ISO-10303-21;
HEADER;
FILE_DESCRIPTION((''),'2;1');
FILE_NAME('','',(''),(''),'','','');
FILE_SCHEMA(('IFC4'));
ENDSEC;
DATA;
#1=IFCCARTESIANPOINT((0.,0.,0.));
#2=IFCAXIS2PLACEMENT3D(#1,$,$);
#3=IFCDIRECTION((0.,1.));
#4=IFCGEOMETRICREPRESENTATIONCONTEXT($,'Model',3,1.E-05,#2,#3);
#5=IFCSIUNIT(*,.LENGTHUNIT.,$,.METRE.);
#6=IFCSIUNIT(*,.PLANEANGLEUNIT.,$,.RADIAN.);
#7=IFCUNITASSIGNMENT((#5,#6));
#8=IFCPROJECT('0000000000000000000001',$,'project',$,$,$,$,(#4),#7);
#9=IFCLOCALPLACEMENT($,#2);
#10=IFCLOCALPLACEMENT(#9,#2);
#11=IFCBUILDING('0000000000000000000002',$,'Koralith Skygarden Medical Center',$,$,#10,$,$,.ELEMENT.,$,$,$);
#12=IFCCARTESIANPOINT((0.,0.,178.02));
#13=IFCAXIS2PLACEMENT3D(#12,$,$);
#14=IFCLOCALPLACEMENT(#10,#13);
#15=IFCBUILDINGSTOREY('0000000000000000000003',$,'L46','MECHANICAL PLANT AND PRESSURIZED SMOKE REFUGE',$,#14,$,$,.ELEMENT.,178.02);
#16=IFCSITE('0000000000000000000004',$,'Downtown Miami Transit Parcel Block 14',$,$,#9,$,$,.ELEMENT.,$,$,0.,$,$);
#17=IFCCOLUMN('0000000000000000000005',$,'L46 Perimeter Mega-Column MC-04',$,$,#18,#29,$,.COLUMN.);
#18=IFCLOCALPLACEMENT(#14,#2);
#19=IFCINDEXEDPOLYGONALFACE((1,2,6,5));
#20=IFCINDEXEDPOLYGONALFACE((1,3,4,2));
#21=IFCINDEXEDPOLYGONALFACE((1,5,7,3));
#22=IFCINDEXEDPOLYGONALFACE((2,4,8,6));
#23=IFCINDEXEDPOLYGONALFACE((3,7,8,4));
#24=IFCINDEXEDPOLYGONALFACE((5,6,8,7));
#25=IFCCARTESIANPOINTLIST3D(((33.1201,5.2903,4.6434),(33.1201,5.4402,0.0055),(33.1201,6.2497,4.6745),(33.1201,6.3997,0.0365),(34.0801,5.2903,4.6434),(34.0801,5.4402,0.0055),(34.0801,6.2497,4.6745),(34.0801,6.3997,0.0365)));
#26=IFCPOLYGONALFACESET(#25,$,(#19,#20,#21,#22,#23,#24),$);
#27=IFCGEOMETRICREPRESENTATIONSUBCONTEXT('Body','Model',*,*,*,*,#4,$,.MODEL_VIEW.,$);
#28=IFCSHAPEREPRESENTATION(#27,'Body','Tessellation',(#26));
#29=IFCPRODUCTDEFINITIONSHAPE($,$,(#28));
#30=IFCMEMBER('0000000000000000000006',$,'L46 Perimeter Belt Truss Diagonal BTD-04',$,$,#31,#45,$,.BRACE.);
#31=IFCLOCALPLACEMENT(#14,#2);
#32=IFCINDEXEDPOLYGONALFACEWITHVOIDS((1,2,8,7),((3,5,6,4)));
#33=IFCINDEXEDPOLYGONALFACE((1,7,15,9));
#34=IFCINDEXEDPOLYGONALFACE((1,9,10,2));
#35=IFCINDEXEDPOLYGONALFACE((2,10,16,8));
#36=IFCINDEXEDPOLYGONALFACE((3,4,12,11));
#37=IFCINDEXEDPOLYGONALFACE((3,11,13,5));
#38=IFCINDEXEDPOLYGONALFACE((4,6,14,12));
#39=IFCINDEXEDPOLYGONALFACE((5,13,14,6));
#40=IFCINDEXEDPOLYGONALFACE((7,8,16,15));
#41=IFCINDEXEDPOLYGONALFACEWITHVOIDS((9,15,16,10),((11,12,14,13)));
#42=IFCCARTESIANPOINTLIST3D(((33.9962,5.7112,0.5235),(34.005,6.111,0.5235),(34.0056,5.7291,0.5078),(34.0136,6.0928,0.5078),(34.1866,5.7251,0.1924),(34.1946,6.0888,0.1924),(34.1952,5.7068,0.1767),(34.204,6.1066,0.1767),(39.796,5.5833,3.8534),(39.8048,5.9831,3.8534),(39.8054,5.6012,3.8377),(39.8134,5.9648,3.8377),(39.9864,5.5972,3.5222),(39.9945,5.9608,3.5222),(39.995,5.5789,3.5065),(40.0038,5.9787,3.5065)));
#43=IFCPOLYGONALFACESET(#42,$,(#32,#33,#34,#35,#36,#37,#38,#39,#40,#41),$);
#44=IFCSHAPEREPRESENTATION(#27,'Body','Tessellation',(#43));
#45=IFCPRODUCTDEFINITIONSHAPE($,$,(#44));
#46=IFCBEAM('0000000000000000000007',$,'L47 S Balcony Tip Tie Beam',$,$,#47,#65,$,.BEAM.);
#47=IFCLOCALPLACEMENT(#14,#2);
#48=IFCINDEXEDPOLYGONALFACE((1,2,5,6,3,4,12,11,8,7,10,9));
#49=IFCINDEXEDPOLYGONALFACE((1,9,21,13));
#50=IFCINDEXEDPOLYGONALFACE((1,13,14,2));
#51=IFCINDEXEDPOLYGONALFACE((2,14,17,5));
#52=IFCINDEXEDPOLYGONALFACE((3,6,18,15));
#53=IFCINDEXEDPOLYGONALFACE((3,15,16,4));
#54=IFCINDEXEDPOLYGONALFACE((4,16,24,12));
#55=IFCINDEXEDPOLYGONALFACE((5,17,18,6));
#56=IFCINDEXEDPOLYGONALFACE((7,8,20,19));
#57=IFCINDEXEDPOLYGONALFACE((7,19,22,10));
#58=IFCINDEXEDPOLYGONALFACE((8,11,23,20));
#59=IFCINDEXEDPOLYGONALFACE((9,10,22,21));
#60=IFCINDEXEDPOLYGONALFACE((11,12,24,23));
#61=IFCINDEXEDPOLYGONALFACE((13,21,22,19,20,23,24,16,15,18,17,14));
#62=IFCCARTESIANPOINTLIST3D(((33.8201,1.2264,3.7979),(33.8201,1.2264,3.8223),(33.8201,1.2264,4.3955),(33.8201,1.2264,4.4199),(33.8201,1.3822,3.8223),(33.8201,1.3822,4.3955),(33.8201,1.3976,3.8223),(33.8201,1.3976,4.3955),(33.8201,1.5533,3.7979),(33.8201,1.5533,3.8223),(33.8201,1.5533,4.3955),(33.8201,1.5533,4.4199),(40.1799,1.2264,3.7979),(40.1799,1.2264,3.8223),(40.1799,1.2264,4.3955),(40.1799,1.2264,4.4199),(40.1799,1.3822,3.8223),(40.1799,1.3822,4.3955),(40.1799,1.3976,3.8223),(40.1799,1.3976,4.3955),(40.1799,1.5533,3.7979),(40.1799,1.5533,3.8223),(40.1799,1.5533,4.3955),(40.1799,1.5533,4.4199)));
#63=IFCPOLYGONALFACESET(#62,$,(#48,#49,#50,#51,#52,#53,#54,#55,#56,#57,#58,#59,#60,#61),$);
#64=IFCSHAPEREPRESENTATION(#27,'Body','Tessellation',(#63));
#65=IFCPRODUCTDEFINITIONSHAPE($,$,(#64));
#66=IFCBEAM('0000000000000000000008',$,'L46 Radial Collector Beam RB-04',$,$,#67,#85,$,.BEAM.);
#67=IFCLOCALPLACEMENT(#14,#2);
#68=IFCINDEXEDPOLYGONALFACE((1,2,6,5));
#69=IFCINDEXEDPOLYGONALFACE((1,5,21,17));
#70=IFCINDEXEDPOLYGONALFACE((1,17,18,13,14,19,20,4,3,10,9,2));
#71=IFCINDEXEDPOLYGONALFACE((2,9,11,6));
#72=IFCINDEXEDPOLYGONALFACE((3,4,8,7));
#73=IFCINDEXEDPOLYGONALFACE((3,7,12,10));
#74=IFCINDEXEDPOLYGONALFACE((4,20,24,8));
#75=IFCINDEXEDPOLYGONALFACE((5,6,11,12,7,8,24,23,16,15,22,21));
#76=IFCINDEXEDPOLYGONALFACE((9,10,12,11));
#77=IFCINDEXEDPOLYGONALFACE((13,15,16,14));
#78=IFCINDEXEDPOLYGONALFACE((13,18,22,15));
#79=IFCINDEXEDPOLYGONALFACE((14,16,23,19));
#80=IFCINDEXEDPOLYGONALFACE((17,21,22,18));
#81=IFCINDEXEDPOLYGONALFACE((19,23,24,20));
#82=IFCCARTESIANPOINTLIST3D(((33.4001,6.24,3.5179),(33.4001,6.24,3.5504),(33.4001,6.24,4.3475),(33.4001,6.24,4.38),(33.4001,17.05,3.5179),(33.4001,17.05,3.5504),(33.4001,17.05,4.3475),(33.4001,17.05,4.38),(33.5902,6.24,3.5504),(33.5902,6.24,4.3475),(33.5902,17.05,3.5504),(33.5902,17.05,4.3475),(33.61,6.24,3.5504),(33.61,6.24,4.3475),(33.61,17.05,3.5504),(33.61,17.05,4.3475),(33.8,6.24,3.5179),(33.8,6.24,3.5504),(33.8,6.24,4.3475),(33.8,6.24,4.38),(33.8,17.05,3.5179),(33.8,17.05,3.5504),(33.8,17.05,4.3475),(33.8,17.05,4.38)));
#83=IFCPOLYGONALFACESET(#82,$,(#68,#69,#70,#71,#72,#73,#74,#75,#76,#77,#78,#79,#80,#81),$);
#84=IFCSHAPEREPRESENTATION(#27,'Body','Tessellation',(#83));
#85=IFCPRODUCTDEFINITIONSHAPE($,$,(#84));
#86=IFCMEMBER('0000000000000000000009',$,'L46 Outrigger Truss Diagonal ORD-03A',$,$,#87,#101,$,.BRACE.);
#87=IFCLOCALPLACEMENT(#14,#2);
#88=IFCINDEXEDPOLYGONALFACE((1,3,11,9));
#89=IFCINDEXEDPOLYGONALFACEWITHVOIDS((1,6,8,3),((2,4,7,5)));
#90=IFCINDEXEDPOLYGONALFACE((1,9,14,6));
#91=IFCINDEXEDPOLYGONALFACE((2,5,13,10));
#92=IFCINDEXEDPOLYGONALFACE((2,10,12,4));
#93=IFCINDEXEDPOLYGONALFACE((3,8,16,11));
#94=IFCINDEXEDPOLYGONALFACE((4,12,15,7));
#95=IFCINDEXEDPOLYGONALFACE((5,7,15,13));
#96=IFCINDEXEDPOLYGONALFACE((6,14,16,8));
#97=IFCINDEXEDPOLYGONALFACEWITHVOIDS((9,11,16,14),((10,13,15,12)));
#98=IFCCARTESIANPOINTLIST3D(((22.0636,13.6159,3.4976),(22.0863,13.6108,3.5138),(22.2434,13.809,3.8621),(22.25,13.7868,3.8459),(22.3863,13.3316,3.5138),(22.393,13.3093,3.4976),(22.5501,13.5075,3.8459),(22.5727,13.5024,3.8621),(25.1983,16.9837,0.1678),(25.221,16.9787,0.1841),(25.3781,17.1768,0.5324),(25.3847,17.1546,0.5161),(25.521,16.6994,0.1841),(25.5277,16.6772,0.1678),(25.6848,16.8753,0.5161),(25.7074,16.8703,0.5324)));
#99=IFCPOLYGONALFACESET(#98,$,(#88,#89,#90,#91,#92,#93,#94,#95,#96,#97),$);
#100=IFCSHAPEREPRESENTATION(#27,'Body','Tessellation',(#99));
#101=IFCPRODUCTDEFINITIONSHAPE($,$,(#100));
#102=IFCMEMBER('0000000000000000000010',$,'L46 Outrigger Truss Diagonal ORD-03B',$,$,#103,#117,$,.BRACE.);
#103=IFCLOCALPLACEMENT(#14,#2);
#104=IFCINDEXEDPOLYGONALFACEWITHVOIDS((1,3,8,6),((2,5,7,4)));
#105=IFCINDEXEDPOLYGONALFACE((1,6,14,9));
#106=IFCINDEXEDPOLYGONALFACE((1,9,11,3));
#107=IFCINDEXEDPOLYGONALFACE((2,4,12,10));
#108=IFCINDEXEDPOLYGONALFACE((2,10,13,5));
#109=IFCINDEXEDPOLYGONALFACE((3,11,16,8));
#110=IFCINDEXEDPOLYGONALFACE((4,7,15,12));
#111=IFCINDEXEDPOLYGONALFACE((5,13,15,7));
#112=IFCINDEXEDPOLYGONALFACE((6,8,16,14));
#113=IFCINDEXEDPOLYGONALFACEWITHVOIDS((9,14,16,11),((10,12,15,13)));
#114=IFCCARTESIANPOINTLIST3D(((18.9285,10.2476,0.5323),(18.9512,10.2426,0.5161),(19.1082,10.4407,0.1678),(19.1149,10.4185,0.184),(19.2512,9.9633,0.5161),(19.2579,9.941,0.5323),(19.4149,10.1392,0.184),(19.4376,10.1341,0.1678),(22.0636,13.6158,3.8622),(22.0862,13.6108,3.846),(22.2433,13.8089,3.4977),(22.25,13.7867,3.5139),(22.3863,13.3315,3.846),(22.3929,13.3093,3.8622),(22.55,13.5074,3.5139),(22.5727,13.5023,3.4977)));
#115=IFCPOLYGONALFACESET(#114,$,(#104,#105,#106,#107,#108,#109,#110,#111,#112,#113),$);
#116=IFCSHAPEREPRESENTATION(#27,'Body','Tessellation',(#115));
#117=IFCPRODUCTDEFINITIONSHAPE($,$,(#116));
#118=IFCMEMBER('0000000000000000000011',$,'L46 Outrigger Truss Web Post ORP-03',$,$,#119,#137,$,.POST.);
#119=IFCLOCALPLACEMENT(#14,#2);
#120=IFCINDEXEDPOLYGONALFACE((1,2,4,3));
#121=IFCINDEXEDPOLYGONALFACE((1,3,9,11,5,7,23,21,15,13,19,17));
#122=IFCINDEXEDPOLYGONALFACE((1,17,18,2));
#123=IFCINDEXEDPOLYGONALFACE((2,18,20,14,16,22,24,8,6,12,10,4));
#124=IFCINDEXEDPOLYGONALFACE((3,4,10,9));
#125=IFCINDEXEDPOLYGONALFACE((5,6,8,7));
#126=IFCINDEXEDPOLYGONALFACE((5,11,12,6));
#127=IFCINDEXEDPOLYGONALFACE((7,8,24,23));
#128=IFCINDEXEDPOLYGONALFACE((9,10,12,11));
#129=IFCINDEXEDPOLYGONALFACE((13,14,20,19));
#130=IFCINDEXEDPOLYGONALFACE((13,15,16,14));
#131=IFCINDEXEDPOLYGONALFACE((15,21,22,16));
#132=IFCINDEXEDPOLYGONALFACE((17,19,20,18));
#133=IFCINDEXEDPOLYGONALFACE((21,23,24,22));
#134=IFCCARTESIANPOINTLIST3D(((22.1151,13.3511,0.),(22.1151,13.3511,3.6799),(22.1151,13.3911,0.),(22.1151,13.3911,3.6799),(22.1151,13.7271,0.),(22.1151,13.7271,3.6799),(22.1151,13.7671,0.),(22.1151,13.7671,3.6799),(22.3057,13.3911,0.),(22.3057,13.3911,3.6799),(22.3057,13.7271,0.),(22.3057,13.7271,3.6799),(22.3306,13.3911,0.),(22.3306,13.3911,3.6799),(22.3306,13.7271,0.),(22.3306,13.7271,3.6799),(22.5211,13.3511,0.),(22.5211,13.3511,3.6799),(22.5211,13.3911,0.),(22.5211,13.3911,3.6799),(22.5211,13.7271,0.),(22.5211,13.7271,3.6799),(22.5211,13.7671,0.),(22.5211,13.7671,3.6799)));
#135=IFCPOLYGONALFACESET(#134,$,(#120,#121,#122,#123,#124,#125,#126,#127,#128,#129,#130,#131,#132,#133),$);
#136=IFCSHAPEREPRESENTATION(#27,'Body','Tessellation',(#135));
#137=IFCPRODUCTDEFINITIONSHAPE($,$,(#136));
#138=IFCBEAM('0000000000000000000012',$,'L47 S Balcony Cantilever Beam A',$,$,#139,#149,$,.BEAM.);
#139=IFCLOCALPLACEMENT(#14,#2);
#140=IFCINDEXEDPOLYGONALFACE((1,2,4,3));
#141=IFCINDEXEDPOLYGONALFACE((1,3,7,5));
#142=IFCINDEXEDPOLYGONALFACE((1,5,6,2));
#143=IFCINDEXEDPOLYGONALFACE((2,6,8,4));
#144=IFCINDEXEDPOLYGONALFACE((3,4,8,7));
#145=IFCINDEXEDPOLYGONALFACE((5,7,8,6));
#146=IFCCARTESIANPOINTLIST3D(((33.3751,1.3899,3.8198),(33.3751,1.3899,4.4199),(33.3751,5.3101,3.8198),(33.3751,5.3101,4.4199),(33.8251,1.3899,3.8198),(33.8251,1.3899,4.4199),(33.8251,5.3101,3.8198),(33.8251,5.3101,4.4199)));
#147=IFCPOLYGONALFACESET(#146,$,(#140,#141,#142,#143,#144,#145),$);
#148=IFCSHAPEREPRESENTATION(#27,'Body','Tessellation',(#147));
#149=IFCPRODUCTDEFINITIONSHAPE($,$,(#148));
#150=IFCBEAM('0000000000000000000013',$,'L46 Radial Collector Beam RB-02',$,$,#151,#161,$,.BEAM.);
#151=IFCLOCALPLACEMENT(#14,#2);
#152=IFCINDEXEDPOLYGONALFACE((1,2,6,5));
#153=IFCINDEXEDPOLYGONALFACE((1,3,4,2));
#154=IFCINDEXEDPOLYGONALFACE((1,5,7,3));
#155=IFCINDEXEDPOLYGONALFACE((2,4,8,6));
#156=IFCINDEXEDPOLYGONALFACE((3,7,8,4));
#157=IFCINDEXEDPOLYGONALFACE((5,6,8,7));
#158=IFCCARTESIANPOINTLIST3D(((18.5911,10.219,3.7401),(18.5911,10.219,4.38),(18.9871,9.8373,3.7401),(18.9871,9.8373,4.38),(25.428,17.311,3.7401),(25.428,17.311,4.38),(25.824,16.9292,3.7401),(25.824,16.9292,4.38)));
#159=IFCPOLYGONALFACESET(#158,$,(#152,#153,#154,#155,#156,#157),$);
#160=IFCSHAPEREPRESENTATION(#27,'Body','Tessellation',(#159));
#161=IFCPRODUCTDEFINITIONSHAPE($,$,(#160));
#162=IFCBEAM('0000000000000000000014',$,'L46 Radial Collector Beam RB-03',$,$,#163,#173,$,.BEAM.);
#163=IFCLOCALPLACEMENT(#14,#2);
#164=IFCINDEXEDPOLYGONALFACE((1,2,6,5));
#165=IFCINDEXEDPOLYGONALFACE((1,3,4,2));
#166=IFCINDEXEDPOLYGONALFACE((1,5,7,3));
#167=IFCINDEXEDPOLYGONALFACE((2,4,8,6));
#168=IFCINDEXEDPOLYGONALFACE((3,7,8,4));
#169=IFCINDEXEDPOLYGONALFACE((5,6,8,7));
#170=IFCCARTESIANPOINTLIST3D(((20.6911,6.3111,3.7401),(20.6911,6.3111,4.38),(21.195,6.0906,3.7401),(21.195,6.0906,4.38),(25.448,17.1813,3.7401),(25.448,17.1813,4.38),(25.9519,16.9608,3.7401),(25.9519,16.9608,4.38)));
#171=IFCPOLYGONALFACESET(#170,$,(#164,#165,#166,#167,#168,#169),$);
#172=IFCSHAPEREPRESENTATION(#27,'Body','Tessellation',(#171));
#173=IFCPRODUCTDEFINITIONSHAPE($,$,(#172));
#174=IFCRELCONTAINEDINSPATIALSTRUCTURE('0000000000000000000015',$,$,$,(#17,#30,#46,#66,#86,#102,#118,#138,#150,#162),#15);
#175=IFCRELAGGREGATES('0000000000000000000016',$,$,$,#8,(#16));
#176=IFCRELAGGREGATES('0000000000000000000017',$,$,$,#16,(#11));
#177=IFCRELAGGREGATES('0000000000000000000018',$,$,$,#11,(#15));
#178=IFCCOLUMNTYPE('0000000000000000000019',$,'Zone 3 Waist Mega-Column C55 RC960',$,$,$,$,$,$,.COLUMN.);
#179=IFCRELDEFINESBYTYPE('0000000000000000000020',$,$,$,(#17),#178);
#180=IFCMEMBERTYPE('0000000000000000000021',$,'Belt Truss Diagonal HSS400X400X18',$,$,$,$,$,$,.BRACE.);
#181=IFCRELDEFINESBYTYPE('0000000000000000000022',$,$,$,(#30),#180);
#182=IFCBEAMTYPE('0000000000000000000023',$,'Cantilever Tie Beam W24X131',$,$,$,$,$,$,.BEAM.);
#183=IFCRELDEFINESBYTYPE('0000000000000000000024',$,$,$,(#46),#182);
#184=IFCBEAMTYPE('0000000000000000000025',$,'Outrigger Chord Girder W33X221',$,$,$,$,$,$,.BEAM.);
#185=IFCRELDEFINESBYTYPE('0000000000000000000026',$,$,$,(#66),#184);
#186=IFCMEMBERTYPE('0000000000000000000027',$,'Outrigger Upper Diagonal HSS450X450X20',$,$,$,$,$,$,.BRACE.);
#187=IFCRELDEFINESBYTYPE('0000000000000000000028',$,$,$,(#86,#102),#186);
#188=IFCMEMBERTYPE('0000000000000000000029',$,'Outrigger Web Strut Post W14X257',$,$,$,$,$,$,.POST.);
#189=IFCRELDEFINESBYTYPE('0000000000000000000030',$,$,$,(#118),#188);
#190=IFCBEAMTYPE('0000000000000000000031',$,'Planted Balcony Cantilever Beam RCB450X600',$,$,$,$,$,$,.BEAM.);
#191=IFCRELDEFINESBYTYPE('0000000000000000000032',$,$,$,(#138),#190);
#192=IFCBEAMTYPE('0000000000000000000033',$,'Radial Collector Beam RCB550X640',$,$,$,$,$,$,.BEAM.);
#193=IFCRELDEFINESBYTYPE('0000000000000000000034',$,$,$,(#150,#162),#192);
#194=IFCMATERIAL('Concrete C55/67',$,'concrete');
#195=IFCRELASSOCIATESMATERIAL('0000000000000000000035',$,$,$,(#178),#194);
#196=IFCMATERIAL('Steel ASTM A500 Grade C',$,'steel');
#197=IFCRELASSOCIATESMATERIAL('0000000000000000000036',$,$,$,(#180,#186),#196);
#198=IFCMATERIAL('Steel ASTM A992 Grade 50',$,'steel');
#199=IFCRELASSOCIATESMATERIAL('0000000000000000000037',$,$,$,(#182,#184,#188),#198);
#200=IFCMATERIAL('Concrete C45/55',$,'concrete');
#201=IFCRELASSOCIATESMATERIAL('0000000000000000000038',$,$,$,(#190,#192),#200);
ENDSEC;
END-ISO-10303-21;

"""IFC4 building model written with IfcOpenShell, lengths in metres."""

from ifc_helpers import new_model, si_unit, direction, frame, origin, origin_2d, place, context, subcontext, project, spatial, rectangle, hollow_rectangle, i_section, extrude, material, material_profile, profile_set, type_object, element, save


model = new_model("IFC4")

# Units and contexts
model_context = context("Model", 3, precision=1e-05, world=origin(), true_north=direction((0.0, 1.0)))
body_context = subcontext(model_context, "Body", "Model", "MODEL_VIEW")
ifc_project = project(units=[si_unit("LENGTHUNIT", "METRE"), si_unit("PLANEANGLEUNIT", "RADIAN")], contexts=[model_context])

# Site, building, storey
site_placement = place(None, origin())
site = spatial("IfcSite", under=ifc_project, at=site_placement, Name="Downtown Miami Transit Parcel Block 14", CompositionType="ELEMENT", RefElevation=0.0)
building_placement = place(site_placement, origin())
building = spatial("IfcBuilding", under=site, at=building_placement, Name="Koralith Skygarden Medical Center", CompositionType="ELEMENT")
storey_placement = place(building_placement, frame((0.0, 0.0, 178.02)))
storey = spatial("IfcBuildingStorey", under=building, at=storey_placement, Name="L46", Description="MECHANICAL PLANT AND PRESSURIZED SMOKE REFUGE", CompositionType="ELEMENT", Elevation=178.02)

# Column
ifc_material_1 = material(Name="Concrete C55/67", Category="concrete")
ifc_material_profile_1 = material_profile(ifc_material_1, rectangle(XDim=0.96, YDim=0.96, at=origin_2d()), Name="RC960X960")
ifc_profile_set_1 = profile_set([ifc_material_profile_1], Name="Concrete C55/67")
column_type = type_object("IfcColumnType", Name="Zone 3 Waist Mega-Column C55 RC960", PredefinedType="COLUMN", material=ifc_profile_set_1)
column_placement = place(storey_placement, frame((33.6001, 5.9199, 0.021), z_axis=(0.0, -0.032304, 0.999478), x_axis=(1.0, 0.0, 0.0)))
element("IfcColumn", 1, at=column_placement, inside=storey, type_object=column_type, Name="L46 Perimeter Mega-Column MC-04", PredefinedType="COLUMN", context=body_context, shape_type="SweptSolid", body=[
    extrude(rectangle(XDim=0.96, YDim=0.96, at=origin_2d()), origin(), (0.0, 0.0, 1.0), 4.6404),
])

# Member
ifc_material_2 = material(Name="Steel ASTM A500 Grade C", Category="steel")
ifc_material_profile_2 = material_profile(ifc_material_2, hollow_rectangle(XDim=0.3999, YDim=0.3999, WallThickness=0.0181, at=origin_2d()), Name="HSS400X400X18")
ifc_profile_set_2 = profile_set([ifc_material_profile_2], Name="Steel ASTM A500 Grade C")
member_type_1 = type_object("IfcMemberType", Name="Belt Truss Diagonal HSS400X400X18", PredefinedType="BRACE", material=ifc_profile_set_2)
member_1_placement = place(storey_placement, frame((34.1001, 5.9089, 0.3501), z_axis=(0.867074, -0.019126, 0.497812), x_axis=(0.022052, 0.999757, 0.0)))
element("IfcMember", 2, at=member_1_placement, inside=storey, type_object=member_type_1, Name="L46 Perimeter Belt Truss Diagonal BTD-04", PredefinedType="BRACE", context=body_context, shape_type="SweptSolid", body=[
    extrude(hollow_rectangle(XDim=0.3999, YDim=0.3999, WallThickness=0.0181, at=origin_2d()), origin(), (0.0, 0.0, 1.0), 6.689),
])

# Beams
ifc_material_3 = material(Name="Steel ASTM A992 Grade 50", Category="steel")
ifc_material_profile_3 = material_profile(ifc_material_3, i_section(OverallWidth=0.3269, OverallDepth=0.6221, WebThickness=0.0154, FlangeThickness=0.0244, at=origin_2d()), Name="W24X131")
ifc_profile_set_3 = profile_set([ifc_material_profile_3], Name="Steel ASTM A992 Grade 50")
beam_type_1 = type_object("IfcBeamType", Name="Cantilever Tie Beam W24X131", PredefinedType="BEAM", material=ifc_profile_set_3)
beam_1_placement = place(storey_placement, frame((33.8201, 1.3899, 4.1089), z_axis=(1.0, 0.0, 0.0), x_axis=(0.0, 1.0, 0.0)))
element("IfcBeam", 3, at=beam_1_placement, inside=storey, type_object=beam_type_1, Name="L47 S Balcony Tip Tie Beam", PredefinedType="BEAM", context=body_context, shape_type="SweptSolid", body=[
    extrude(i_section(OverallWidth=0.3269, OverallDepth=0.6221, WebThickness=0.0154, FlangeThickness=0.0244, at=origin_2d()), origin(), (0.0, 0.0, 1.0), 6.3599),
])
ifc_material_profile_4 = material_profile(ifc_material_3, i_section(OverallWidth=0.3999, OverallDepth=0.8621, WebThickness=0.0198, FlangeThickness=0.0325, at=origin_2d()), Name="W33X221")
ifc_profile_set_4 = profile_set([ifc_material_profile_4], Name="Steel ASTM A992 Grade 50")
beam_type_2 = type_object("IfcBeamType", Name="Outrigger Chord Girder W33X221", PredefinedType="BEAM", material=ifc_profile_set_4)
beam_2_placement = place(storey_placement, frame((33.6001, 17.05, 3.949), z_axis=(0.0, -1.0, 0.0), x_axis=(1.0, 0.0, 0.0)))
element("IfcBeam", 4, at=beam_2_placement, inside=storey, type_object=beam_type_2, Name="L46 Radial Collector Beam RB-04", PredefinedType="BEAM", context=body_context, shape_type="SweptSolid", body=[
    extrude(i_section(OverallWidth=0.3999, OverallDepth=0.8621, WebThickness=0.0198, FlangeThickness=0.0325, at=origin_2d()), origin(), (0.0, 0.0, 1.0), 10.8101),
])

# Members
ifc_material_profile_5 = material_profile(ifc_material_2, hollow_rectangle(XDim=0.45, YDim=0.45, WallThickness=0.02, at=origin_2d()), Name="HSS450X450X20")
ifc_profile_set_5 = profile_set([ifc_material_profile_5], Name="Steel ASTM A500 Grade C")
member_type_2 = type_object("IfcMemberType", Name="Outrigger Upper Diagonal HSS450X450X20", PredefinedType="BRACE", material=ifc_profile_set_5)
member_2_placement = place(storey_placement, frame((25.4529, 16.927, 0.3501), z_axis=(-0.551938, -0.592989, 0.586283), x_axis=(0.73199, -0.681316, 0.0)))
element("IfcMember", 5, at=member_2_placement, inside=storey, type_object=member_type_2, Name="L46 Outrigger Truss Diagonal ORD-03A", PredefinedType="BRACE", context=body_context, shape_type="SweptSolid", body=[
    extrude(hollow_rectangle(XDim=0.45, YDim=0.45, WallThickness=0.02, at=origin_2d()), origin(), (0.0, 0.0, 1.0), 5.6794),
])
member_3_placement = place(storey_placement, frame((22.3181, 13.5591, 3.6799), z_axis=(-0.551954, -0.593003, -0.586255), x_axis=(0.731988, -0.681318, 0.0)))
element("IfcMember", 6, at=member_3_placement, inside=storey, type_object=member_type_2, Name="L46 Outrigger Truss Diagonal ORD-03B", PredefinedType="BRACE", context=body_context, shape_type="SweptSolid", body=[
    extrude(hollow_rectangle(XDim=0.45, YDim=0.45, WallThickness=0.02, at=origin_2d()), origin(), (0.0, 0.0, 1.0), 5.6799),
])
ifc_material_profile_6 = material_profile(ifc_material_3, i_section(OverallWidth=0.406, OverallDepth=0.416, WebThickness=0.0249, FlangeThickness=0.04, at=origin_2d()), Name="W14X257")
ifc_profile_set_6 = profile_set([ifc_material_profile_6], Name="Steel ASTM A992 Grade 50")
member_type_3 = type_object("IfcMemberType", Name="Outrigger Web Strut Post W14X257", PredefinedType="POST", material=ifc_profile_set_6)
member_4_placement = place(storey_placement, frame((22.3181, 13.5591, 0.0), z_axis=(0.0, 0.0, 1.0), x_axis=(1.0, 0.0, 0.0)))
element("IfcMember", 7, at=member_4_placement, inside=storey, type_object=member_type_3, Name="L46 Outrigger Truss Web Post ORP-03", PredefinedType="POST", context=body_context, shape_type="SweptSolid", body=[
    extrude(i_section(OverallWidth=0.406, OverallDepth=0.416, WebThickness=0.0249, FlangeThickness=0.04, at=origin_2d()), origin(), (0.0, 0.0, 1.0), 3.6799),
])

# Beams
ifc_material_4 = material(Name="Concrete C45/55", Category="concrete")
ifc_material_profile_7 = material_profile(ifc_material_4, rectangle(XDim=0.45, YDim=0.6001, at=origin_2d()), Name="RCB450X600")
ifc_profile_set_7 = profile_set([ifc_material_profile_7], Name="Concrete C45/55")
beam_type_3 = type_object("IfcBeamType", Name="Planted Balcony Cantilever Beam RCB450X600", PredefinedType="BEAM", material=ifc_profile_set_7)
beam_3_placement = place(storey_placement, frame((33.6001, 5.3101, 4.1199), z_axis=(0.0, -1.0, 0.0), x_axis=(1.0, 0.0, 0.0)))
element("IfcBeam", 8, at=beam_3_placement, inside=storey, type_object=beam_type_3, Name="L47 S Balcony Cantilever Beam A", PredefinedType="BEAM", context=body_context, shape_type="SweptSolid", body=[
    extrude(rectangle(XDim=0.45, YDim=0.6001, at=origin_2d()), origin(), (0.0, 0.0, 1.0), 3.9202),
])
ifc_material_profile_8 = material_profile(ifc_material_4, rectangle(XDim=0.55, YDim=0.6399, at=origin_2d()), Name="RCB550X640")
ifc_profile_set_8 = profile_set([ifc_material_profile_8], Name="Concrete C45/55")
beam_type_4 = type_object("IfcBeamType", Name="Radial Collector Beam RCB550X640", PredefinedType="BEAM", material=ifc_profile_set_8)
beam_4_placement = place(storey_placement, frame((25.626, 17.1201, 4.0601), z_axis=(-0.694039, -0.719938, 0.0), x_axis=(0.719938, -0.694039, 0.0)))
element("IfcBeam", 9, at=beam_4_placement, inside=storey, type_object=beam_type_4, Name="L46 Radial Collector Beam RB-02", PredefinedType="BEAM", context=body_context, shape_type="SweptSolid", body=[
    extrude(rectangle(XDim=0.55, YDim=0.6399, at=origin_2d()), origin(), (0.0, 0.0, 1.0), 9.8508),
])
beam_5_placement = place(storey_placement, frame((25.7, 17.071, 4.0601), z_axis=(-0.400901, -0.916121, 0.0), x_axis=(0.916121, -0.400901, 0.0)))
element("IfcBeam", 10, at=beam_5_placement, inside=storey, type_object=beam_type_4, Name="L46 Radial Collector Beam RB-03", PredefinedType="BEAM", context=body_context, shape_type="SweptSolid", body=[
    extrude(rectangle(XDim=0.55, YDim=0.6399, at=origin_2d()), origin(), (0.0, 0.0, 1.0), 11.8655),
])

save(model, "model.ifc")
